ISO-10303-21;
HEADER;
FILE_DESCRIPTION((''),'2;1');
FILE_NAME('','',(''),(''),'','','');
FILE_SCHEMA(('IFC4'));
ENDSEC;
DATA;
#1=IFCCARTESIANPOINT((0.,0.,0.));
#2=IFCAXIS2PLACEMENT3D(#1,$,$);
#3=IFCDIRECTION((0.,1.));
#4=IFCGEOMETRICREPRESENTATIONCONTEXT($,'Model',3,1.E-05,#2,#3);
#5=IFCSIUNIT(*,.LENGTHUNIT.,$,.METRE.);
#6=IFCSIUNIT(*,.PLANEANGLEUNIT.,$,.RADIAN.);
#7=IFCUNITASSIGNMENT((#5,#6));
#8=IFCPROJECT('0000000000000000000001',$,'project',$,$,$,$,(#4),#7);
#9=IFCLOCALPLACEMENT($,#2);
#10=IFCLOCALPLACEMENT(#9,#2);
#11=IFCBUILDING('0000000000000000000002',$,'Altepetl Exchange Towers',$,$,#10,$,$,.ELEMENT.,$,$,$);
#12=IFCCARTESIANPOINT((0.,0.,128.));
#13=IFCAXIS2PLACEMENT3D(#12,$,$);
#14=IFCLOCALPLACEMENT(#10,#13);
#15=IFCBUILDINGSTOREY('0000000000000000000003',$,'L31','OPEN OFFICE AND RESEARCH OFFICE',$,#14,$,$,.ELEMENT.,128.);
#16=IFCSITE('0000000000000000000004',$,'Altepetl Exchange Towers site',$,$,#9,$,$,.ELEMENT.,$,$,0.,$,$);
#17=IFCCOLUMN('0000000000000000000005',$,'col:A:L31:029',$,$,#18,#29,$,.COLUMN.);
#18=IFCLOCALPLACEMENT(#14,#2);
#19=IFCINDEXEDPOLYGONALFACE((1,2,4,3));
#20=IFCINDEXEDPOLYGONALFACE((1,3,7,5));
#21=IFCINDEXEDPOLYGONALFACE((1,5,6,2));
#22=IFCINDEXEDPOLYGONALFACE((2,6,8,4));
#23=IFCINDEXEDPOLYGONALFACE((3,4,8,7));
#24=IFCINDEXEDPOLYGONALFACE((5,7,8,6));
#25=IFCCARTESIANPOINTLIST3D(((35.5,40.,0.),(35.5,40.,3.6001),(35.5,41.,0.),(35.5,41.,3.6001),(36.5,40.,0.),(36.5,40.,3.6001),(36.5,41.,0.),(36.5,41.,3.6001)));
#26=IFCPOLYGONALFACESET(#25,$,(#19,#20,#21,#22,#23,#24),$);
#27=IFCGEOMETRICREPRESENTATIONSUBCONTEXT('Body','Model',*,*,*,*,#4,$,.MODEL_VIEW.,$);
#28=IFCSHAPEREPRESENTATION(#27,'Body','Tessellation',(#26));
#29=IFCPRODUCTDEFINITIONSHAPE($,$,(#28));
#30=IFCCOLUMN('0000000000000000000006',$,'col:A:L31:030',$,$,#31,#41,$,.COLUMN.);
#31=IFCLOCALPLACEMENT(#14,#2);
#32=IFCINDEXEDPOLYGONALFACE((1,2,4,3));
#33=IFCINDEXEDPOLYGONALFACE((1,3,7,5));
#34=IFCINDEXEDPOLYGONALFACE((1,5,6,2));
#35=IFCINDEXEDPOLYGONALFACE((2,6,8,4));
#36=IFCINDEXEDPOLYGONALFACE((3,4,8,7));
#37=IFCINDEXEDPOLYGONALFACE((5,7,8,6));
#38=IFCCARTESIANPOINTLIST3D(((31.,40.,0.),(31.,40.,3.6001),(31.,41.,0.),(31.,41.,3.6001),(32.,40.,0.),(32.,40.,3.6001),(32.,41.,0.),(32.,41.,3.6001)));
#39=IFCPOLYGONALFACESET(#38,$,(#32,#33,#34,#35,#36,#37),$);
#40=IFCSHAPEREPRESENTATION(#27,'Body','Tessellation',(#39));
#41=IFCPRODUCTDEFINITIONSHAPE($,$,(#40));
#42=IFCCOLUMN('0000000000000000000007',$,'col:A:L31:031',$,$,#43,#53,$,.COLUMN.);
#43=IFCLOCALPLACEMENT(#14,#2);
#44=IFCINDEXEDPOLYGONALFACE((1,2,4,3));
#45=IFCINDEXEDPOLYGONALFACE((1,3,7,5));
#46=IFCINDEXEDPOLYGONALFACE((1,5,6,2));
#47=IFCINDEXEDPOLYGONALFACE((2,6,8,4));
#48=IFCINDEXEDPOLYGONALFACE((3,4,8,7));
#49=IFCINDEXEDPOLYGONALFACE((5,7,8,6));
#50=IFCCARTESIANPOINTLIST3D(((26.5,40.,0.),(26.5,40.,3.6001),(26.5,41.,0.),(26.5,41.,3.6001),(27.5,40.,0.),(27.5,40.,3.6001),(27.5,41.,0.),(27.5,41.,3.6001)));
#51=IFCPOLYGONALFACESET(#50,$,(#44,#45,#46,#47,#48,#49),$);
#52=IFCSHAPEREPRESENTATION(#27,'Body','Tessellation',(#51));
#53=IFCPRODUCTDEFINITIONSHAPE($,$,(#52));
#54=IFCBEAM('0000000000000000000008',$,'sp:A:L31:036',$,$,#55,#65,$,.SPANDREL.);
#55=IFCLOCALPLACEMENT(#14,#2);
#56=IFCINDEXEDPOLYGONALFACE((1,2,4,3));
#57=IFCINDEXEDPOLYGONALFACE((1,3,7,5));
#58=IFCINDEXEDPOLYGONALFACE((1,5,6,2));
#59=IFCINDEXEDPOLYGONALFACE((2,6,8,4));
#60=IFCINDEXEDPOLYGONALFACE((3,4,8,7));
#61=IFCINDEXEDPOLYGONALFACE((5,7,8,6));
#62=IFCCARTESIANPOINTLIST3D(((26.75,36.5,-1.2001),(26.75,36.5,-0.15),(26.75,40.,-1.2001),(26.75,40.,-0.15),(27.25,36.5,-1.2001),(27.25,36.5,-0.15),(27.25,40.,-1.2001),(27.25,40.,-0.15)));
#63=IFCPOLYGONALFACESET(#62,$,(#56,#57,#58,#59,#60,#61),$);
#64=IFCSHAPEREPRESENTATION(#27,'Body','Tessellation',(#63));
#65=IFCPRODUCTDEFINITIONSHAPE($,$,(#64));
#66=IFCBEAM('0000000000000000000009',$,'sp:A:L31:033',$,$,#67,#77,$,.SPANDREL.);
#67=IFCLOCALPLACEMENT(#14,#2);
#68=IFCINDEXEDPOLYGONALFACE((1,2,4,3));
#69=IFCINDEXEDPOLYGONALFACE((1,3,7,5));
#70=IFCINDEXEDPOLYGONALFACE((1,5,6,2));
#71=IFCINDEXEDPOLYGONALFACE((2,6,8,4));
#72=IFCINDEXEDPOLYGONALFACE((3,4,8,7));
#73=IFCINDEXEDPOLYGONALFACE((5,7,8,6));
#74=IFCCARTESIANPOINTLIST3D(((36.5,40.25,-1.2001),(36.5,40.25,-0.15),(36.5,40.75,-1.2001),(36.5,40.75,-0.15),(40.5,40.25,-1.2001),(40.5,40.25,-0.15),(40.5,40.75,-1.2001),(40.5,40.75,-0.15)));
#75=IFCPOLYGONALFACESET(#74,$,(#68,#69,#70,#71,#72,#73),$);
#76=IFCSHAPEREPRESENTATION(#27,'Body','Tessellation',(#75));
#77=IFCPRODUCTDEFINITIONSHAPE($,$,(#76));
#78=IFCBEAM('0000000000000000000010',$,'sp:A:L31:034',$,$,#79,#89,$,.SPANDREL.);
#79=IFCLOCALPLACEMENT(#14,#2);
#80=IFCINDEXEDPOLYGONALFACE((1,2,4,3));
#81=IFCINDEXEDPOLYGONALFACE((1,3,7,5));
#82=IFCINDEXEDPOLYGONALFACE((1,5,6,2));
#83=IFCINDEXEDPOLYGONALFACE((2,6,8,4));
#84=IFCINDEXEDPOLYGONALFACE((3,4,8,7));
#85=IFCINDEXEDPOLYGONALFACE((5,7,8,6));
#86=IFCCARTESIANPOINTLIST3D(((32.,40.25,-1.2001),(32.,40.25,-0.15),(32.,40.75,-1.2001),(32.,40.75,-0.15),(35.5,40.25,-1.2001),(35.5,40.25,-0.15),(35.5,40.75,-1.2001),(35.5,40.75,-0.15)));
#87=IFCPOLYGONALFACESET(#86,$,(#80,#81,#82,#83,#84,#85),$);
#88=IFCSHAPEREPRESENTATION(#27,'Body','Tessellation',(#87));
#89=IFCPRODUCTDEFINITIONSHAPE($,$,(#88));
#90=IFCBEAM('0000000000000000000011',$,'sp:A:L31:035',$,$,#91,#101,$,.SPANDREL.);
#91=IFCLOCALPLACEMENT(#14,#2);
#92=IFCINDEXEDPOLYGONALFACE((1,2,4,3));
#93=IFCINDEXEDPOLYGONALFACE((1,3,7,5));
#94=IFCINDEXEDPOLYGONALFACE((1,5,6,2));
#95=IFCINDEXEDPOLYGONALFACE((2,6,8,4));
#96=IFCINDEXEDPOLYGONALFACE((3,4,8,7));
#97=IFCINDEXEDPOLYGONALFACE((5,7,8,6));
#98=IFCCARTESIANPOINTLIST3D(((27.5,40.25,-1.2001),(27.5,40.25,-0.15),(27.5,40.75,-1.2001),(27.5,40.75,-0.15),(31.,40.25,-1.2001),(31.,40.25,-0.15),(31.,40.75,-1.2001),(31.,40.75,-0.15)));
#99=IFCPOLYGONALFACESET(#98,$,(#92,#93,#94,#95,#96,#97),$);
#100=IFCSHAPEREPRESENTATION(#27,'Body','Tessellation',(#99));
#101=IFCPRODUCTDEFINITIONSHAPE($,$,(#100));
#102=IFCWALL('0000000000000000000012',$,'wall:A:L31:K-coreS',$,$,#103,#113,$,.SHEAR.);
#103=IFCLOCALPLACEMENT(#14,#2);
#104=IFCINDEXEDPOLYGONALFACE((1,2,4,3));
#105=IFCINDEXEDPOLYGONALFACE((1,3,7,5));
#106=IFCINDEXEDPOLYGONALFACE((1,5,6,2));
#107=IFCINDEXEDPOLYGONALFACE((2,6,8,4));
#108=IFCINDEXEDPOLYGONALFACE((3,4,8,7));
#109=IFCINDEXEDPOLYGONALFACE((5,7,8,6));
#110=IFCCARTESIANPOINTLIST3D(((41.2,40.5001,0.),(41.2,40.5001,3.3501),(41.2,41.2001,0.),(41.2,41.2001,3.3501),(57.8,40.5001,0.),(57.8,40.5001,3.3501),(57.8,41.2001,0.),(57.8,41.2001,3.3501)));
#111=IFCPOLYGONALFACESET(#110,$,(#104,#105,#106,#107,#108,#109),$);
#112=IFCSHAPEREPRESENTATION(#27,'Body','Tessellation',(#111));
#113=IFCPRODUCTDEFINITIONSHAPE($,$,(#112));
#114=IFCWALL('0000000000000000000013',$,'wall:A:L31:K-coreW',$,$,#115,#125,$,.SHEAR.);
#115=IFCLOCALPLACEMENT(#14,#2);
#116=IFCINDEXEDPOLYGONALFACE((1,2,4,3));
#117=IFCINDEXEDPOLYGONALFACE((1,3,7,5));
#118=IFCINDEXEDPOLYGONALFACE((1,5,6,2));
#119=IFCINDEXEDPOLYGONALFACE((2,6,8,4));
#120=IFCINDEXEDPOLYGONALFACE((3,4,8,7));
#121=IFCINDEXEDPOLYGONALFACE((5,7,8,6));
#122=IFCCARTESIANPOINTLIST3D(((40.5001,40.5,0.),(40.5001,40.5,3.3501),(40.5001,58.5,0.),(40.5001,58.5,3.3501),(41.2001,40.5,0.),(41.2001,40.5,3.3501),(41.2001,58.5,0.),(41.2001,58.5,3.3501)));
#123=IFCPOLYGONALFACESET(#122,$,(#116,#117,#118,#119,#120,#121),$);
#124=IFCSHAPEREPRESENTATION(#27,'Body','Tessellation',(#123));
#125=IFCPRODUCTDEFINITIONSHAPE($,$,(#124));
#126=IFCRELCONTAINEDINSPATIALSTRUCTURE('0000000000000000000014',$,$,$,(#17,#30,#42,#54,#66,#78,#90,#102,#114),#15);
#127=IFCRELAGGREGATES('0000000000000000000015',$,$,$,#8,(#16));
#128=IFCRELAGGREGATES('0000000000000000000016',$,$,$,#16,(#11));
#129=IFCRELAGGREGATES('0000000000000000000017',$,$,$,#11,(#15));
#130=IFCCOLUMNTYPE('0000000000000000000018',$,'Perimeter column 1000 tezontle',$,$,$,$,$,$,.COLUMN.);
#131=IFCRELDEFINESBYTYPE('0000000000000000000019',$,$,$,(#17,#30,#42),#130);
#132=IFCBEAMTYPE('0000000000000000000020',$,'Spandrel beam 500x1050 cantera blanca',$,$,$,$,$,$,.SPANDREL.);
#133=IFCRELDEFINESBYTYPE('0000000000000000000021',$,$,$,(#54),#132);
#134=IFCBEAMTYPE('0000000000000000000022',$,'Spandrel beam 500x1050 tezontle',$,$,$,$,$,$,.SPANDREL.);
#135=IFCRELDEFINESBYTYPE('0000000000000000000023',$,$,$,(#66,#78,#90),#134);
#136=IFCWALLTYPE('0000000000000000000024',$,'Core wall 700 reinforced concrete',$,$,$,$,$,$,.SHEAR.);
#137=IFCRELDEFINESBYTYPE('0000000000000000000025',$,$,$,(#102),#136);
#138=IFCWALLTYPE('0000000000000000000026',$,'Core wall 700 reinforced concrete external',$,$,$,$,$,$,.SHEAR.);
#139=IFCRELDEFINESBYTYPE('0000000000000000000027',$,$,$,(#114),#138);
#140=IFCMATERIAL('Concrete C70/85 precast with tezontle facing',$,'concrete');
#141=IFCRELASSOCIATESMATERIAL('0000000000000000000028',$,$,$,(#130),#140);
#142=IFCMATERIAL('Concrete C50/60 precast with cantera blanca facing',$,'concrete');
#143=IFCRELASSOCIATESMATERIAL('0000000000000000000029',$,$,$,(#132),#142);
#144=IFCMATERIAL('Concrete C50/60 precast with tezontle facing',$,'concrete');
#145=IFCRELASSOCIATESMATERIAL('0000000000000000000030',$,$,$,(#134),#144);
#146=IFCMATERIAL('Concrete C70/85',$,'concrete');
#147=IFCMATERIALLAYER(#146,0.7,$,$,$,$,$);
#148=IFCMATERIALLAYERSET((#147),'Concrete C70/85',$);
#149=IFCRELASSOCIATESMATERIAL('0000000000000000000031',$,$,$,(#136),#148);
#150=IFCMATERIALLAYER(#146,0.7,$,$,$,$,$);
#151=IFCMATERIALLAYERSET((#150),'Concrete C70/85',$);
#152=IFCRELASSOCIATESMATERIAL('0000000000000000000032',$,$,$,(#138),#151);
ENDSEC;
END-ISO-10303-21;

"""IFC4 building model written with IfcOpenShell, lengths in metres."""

from ifc_helpers import new_model, si_unit, direction, frame, frame_2d, origin, origin_2d, place, context, subcontext, project, spatial, rectangle, extrude, material, layer, layer_set, material_profile, profile_set, type_object, element, save


model = new_model("IFC4")

# Units and contexts
model_context = context("Model", 3, precision=1e-05, world=origin(), true_north=direction((0.0, 1.0)))
body_context = subcontext(model_context, "Body", "Model", "MODEL_VIEW")
ifc_project = project(units=[si_unit("LENGTHUNIT", "METRE"), si_unit("PLANEANGLEUNIT", "RADIAN")], contexts=[model_context])

# Site, building, storey
site_placement = place(None, origin())
site = spatial("IfcSite", under=ifc_project, at=site_placement, Name="Altepetl Exchange Towers site", CompositionType="ELEMENT", RefElevation=0.0)
building_placement = place(site_placement, origin())
building = spatial("IfcBuilding", under=site, at=building_placement, Name="Altepetl Exchange Towers", CompositionType="ELEMENT")
storey_placement = place(building_placement, frame((0.0, 0.0, 128.0)))
storey = spatial("IfcBuildingStorey", under=building, at=storey_placement, Name="L31", Description="OPEN OFFICE AND RESEARCH OFFICE", CompositionType="ELEMENT", Elevation=128.0)

# Columns
ifc_material_1 = material(Name="Concrete C70/85 precast with tezontle facing", Category="concrete")
ifc_material_profile_1 = material_profile(ifc_material_1, rectangle(XDim=1.0, YDim=1.0, at=origin_2d()), Name="1000 x 1000")
ifc_profile_set_1 = profile_set([ifc_material_profile_1], Name="Concrete C70/85 precast with tezontle facing")
column_type = type_object("IfcColumnType", Name="Perimeter column 1000 tezontle", PredefinedType="COLUMN", material=ifc_profile_set_1)
for number, where, name in (
    (1, (36.0, 40.5, 0.0), "col:A:L31:029"),
    (2, (31.5, 40.5, 0.0), "col:A:L31:030"),
    (3, (27.0, 40.5, 0.0), "col:A:L31:031"),
):
    element("IfcColumn", number, at=place(storey_placement, frame(where)), inside=storey, type_object=column_type, Name=name, PredefinedType="COLUMN", context=body_context, shape_type="SweptSolid", body=[
        extrude(rectangle(XDim=1.0, YDim=1.0, at=origin_2d()), origin(), (0.0, 0.0, 1.0), 3.6001),
    ])

# Beams
ifc_material_2 = material(Name="Concrete C50/60 precast with cantera blanca facing", Category="concrete")
ifc_material_profile_2 = material_profile(ifc_material_2, rectangle(XDim=0.5, YDim=1.05, at=origin_2d()), Name="500 x 1050")
ifc_profile_set_2 = profile_set([ifc_material_profile_2], Name="Concrete C50/60 precast with cantera blanca facing")
beam_type_1 = type_object("IfcBeamType", Name="Spandrel beam 500x1050 cantera blanca", PredefinedType="SPANDREL", material=ifc_profile_set_2)
beam_1_placement = place(storey_placement, frame((27.0, 40.0, -0.675), z_axis=(0.0, -1.0, 0.0), x_axis=(1.0, 0.0, 0.0)))
element("IfcBeam", 4, at=beam_1_placement, inside=storey, type_object=beam_type_1, Name="sp:A:L31:036", PredefinedType="SPANDREL", context=body_context, shape_type="SweptSolid", body=[
    extrude(rectangle(XDim=0.5, YDim=1.05, at=origin_2d()), origin(), (0.0, 0.0, 1.0), 3.5),
])
ifc_material_3 = material(Name="Concrete C50/60 precast with tezontle facing", Category="concrete")
ifc_material_profile_3 = material_profile(ifc_material_3, rectangle(XDim=0.5, YDim=1.05, at=origin_2d()), Name="500 x 1050")
ifc_profile_set_3 = profile_set([ifc_material_profile_3], Name="Concrete C50/60 precast with tezontle facing")
beam_type_2 = type_object("IfcBeamType", Name="Spandrel beam 500x1050 tezontle", PredefinedType="SPANDREL", material=ifc_profile_set_3)
beam_2_placement = place(storey_placement, frame((40.5, 40.5, -0.675), z_axis=(-1.0, 0.0, 0.0), x_axis=(0.0, -1.0, 0.0)))
element("IfcBeam", 5, at=beam_2_placement, inside=storey, type_object=beam_type_2, Name="sp:A:L31:033", PredefinedType="SPANDREL", context=body_context, shape_type="SweptSolid", body=[
    extrude(rectangle(XDim=0.5, YDim=1.05, at=origin_2d()), origin(), (0.0, 0.0, 1.0), 4.0),
])
for number, where, z_axis, x_axis, name in (
    (6, (35.5, 40.5, -0.675), (-1.0, 0.0, 0.0), (0.0, -1.0, 0.0), "sp:A:L31:034"),
    (7, (31.0, 40.5, -0.675), (-1.0, 0.0, 0.0), (0.0, -1.0, 0.0), "sp:A:L31:035"),
):
    element("IfcBeam", number, at=place(storey_placement, frame(where, z_axis=z_axis, x_axis=x_axis)), inside=storey, type_object=beam_type_2, Name=name, PredefinedType="SPANDREL", context=body_context, shape_type="SweptSolid", body=[
        extrude(rectangle(XDim=0.5, YDim=1.05, at=origin_2d()), origin(), (0.0, 0.0, 1.0), 3.5),
    ])

# Walls
ifc_material_4 = material(Name="Concrete C70/85", Category="concrete")
ifc_layer_1 = layer(ifc_material_4, 0.7)
ifc_layer_set_1 = layer_set([ifc_layer_1], Name="Concrete C70/85")
wall_type_1 = type_object("IfcWallType", Name="Core wall 700 reinforced concrete", PredefinedType="SHEAR", material=ifc_layer_set_1)
wall_1_placement = place(storey_placement, frame((41.2, 40.8501, 0.0)))
element("IfcWall", 8, at=wall_1_placement, inside=storey, type_object=wall_type_1, Name="wall:A:L31:K-coreS", PredefinedType="SHEAR", context=body_context, shape_type="SweptSolid", body=[
    extrude(rectangle(XDim=16.6001, YDim=0.7, at=frame_2d((8.3, 0.0))), origin(), (0.0, 0.0, 1.0), 3.3501),
])
ifc_layer_2 = layer(ifc_material_4, 0.7)
ifc_layer_set_2 = layer_set([ifc_layer_2], Name="Concrete C70/85")
wall_type_2 = type_object("IfcWallType", Name="Core wall 700 reinforced concrete external", PredefinedType="SHEAR", material=ifc_layer_set_2)
wall_2_placement = place(storey_placement, frame((40.8501, 40.5, 0.0), z_axis=(0.0, 0.0, 1.0), x_axis=(0.0, 1.0, 0.0)))
element("IfcWall", 9, at=wall_2_placement, inside=storey, type_object=wall_type_2, Name="wall:A:L31:K-coreW", PredefinedType="SHEAR", context=body_context, shape_type="SweptSolid", body=[
    extrude(rectangle(XDim=18.0, YDim=0.7, at=frame_2d((9.0, 0.0))), origin(), (0.0, 0.0, 1.0), 3.3501),
])

save(model, "model.ifc")
